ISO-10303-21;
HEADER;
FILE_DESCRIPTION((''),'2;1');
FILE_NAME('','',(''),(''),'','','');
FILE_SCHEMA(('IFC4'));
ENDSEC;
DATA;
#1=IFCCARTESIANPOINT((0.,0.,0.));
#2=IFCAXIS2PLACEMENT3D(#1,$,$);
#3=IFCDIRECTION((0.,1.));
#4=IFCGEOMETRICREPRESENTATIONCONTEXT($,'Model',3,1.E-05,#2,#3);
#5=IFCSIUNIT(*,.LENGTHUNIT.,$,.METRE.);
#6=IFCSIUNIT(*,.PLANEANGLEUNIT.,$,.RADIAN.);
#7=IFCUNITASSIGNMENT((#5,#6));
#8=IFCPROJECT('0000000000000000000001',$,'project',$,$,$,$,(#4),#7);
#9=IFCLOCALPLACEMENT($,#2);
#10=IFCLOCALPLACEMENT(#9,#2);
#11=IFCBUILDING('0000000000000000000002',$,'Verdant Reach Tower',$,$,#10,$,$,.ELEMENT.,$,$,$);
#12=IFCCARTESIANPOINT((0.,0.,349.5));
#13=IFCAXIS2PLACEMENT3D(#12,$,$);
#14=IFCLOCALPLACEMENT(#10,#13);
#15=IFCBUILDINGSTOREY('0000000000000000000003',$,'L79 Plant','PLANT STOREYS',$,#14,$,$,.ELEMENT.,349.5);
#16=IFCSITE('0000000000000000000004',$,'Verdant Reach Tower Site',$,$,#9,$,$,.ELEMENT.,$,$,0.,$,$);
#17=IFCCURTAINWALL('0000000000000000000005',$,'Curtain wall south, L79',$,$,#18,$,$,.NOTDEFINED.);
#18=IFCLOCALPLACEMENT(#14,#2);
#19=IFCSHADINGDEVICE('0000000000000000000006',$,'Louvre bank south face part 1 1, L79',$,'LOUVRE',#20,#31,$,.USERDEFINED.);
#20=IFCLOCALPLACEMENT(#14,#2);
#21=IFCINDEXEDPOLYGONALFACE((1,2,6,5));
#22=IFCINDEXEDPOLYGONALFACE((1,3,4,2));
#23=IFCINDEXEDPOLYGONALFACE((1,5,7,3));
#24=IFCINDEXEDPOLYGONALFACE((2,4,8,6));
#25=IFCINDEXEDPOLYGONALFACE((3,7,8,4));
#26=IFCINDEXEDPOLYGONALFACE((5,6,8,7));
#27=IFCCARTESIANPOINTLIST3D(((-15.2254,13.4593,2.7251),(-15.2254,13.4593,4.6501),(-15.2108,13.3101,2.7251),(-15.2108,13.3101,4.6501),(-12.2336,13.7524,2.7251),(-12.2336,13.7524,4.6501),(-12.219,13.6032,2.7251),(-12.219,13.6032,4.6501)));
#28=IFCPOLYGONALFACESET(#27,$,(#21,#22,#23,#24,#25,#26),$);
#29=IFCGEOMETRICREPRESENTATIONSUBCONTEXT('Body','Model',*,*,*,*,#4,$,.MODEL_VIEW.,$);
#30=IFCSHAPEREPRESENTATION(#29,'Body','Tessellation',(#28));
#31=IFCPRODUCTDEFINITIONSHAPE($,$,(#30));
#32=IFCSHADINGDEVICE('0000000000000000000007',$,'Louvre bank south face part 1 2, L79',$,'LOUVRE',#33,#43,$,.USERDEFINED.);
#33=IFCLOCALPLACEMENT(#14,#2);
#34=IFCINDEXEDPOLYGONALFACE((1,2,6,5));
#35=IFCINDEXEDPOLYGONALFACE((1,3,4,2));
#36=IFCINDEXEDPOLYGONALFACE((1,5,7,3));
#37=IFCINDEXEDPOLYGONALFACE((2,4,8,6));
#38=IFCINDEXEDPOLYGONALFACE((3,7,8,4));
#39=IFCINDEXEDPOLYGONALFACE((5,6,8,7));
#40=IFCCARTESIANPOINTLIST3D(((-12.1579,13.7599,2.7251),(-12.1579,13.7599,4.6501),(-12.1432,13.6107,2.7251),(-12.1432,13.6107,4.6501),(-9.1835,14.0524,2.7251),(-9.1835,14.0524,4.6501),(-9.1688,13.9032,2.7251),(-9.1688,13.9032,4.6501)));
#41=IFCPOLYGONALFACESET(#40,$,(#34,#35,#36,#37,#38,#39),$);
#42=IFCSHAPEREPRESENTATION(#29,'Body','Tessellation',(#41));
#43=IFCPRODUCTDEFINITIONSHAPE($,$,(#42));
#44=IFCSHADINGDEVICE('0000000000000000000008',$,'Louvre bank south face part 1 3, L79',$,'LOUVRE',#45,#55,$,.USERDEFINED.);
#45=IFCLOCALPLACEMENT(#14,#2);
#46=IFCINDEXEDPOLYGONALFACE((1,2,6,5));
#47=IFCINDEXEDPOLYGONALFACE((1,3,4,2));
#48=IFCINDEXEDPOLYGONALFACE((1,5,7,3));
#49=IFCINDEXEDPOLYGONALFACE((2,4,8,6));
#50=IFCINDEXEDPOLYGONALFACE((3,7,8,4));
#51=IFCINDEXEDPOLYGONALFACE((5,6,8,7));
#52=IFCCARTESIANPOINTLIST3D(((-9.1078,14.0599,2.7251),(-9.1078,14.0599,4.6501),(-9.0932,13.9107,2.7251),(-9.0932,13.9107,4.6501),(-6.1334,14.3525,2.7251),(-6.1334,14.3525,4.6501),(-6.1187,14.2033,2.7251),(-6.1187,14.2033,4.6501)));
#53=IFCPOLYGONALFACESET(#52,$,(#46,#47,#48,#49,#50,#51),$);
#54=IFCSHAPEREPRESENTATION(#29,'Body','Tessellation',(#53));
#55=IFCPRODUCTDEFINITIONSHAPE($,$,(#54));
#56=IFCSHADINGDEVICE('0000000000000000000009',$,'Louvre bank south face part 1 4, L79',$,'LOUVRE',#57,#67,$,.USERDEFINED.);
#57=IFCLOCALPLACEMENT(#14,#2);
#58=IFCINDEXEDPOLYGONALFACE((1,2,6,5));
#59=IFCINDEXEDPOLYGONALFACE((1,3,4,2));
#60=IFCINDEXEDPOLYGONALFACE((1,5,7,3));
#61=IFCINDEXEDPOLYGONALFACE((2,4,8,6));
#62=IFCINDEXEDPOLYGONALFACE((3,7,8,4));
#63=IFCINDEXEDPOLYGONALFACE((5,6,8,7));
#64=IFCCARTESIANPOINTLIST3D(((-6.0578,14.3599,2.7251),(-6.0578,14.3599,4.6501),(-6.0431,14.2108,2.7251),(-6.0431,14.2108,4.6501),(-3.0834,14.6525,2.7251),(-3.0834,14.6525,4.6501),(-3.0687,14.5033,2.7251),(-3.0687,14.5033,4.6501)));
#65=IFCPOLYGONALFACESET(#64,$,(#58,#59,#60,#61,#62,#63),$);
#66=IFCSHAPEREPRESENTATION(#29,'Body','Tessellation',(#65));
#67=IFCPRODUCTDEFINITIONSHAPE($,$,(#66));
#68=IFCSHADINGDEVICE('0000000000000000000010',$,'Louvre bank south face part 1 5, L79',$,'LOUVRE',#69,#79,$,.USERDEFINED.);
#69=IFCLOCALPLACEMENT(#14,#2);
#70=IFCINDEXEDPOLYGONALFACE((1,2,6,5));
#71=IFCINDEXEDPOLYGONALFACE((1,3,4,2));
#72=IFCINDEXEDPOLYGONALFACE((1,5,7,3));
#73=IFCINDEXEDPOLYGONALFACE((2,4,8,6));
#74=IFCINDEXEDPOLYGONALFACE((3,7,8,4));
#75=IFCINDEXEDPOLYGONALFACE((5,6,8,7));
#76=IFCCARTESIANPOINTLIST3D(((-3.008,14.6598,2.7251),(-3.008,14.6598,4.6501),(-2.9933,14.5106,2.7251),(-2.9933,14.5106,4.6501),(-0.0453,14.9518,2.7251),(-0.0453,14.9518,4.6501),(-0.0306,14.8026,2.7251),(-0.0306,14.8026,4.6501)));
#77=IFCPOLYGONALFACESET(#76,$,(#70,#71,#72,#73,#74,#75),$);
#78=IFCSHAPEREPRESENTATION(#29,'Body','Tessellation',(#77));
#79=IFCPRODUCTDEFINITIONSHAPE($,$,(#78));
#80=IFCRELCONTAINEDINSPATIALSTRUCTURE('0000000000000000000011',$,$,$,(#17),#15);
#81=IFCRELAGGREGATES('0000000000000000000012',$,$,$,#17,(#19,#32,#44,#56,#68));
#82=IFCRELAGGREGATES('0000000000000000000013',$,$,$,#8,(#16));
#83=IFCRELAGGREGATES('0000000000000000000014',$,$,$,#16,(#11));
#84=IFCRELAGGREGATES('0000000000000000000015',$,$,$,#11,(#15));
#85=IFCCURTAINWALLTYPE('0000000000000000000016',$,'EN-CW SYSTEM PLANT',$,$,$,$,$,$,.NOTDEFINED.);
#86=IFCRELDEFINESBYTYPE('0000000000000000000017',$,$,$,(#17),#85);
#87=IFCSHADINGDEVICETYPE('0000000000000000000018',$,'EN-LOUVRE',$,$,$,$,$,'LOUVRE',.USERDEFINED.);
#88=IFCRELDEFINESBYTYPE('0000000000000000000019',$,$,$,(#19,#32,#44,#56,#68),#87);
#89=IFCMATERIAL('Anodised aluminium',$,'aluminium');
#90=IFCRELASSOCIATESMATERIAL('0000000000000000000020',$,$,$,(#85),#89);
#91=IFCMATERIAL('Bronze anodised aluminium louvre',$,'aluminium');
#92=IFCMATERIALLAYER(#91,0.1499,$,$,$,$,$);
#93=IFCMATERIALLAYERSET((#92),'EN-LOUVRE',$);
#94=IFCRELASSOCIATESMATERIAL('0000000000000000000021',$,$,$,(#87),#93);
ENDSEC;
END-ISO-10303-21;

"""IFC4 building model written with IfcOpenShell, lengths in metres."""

from ifc_helpers import new_model, si_unit, direction, frame, origin, origin_2d, place, context, subcontext, project, spatial, rectangle, extrude, material, layer, layer_set, type_object, element, aggregate, save


model = new_model("IFC4")

# Units and contexts
model_context = context("Model", 3, precision=1e-05, world=origin(), true_north=direction((0.0, 1.0)))
body_context = subcontext(model_context, "Body", "Model", "MODEL_VIEW")
ifc_project = project(units=[si_unit("LENGTHUNIT", "METRE"), si_unit("PLANEANGLEUNIT", "RADIAN")], contexts=[model_context])

# Site, building, storey
site_placement = place(None, origin())
site = spatial("IfcSite", under=ifc_project, at=site_placement, Name="Verdant Reach Tower Site", CompositionType="ELEMENT", RefElevation=0.0)
building_placement = place(site_placement, origin())
building = spatial("IfcBuilding", under=site, at=building_placement, Name="Verdant Reach Tower", CompositionType="ELEMENT")
storey_placement = place(building_placement, frame((0.0, 0.0, 349.5)))
storey = spatial("IfcBuildingStorey", under=building, at=storey_placement, Name="L79 Plant", Description="PLANT STOREYS", CompositionType="ELEMENT", Elevation=349.5)

# Curtain wall
ifc_material_1 = material(Name="Anodised aluminium", Category="aluminium")
curtain_wall_type = type_object("IfcCurtainWallType", Name="EN-CW SYSTEM PLANT", PredefinedType="NOTDEFINED", material=ifc_material_1)
curtain_wall_placement = place(storey_placement, origin())
curtain_wall = element("IfcCurtainWall", 1, at=curtain_wall_placement, inside=storey, type_object=curtain_wall_type, Name="Curtain wall south, L79", PredefinedType="NOTDEFINED")

# Shading devices
ifc_material_2 = material(Name="Bronze anodised aluminium louvre", Category="aluminium")
ifc_layer_1 = layer(ifc_material_2, 0.1499)
ifc_layer_set_1 = layer_set([ifc_layer_1], Name="EN-LOUVRE")
shading_device_type = type_object("IfcShadingDeviceType", Name="EN-LOUVRE", ElementType="LOUVRE", PredefinedType="USERDEFINED", material=ifc_layer_set_1)
shading_device_1_placement = place(storey_placement, frame((-13.7222, 13.5312, 2.7251), z_axis=(0.0, 0.0, 1.0), x_axis=(0.995238, 0.097473, 0.0)))
shading_device_1 = element("IfcShadingDevice", 2, at=shading_device_1_placement, type_object=shading_device_type, Name="Louvre bank south face part 1 1, L79", ObjectType="LOUVRE", PredefinedType="USERDEFINED", context=body_context, shape_type="SweptSolid", body=[
    extrude(rectangle(XDim=3.0061, YDim=0.1499, at=origin_2d()), origin(), (0.0, 0.0, 1.0), 1.925),
])
shading_device_2_placement = place(storey_placement, frame((-10.6633, 13.8315, 2.7251), z_axis=(0.0, 0.0, 1.0), x_axis=(0.995197, 0.097888, 0.0)))
shading_device_2 = element("IfcShadingDevice", 3, at=shading_device_2_placement, type_object=shading_device_type, Name="Louvre bank south face part 1 2, L79", ObjectType="LOUVRE", PredefinedType="USERDEFINED", context=body_context, shape_type="SweptSolid", body=[
    extrude(rectangle(XDim=2.9888, YDim=0.1499, at=origin_2d()), origin(), (0.0, 0.0, 1.0), 1.925),
])
shading_device_3_placement = place(storey_placement, frame((-7.6133, 14.1316, 2.7251), z_axis=(0.0, 0.0, 1.0), x_axis=(0.995197, 0.097888, 0.0)))
shading_device_3 = element("IfcShadingDevice", 4, at=shading_device_3_placement, type_object=shading_device_type, Name="Louvre bank south face part 1 3, L79", ObjectType="LOUVRE", PredefinedType="USERDEFINED", context=body_context, shape_type="SweptSolid", body=[
    extrude(rectangle(XDim=2.9888, YDim=0.1499, at=origin_2d()), origin(), (0.0, 0.0, 1.0), 1.925),
])
shading_device_4_placement = place(storey_placement, frame((-4.5632, 14.4316, 2.7251), z_axis=(0.0, 0.0, 1.0), x_axis=(0.995197, 0.097888, 0.0)))
shading_device_4 = element("IfcShadingDevice", 5, at=shading_device_4_placement, type_object=shading_device_type, Name="Louvre bank south face part 1 4, L79", ObjectType="LOUVRE", PredefinedType="USERDEFINED", context=body_context, shape_type="SweptSolid", body=[
    extrude(rectangle(XDim=2.9888, YDim=0.1499, at=origin_2d()), origin(), (0.0, 0.0, 1.0), 1.925),
])
shading_device_5_placement = place(storey_placement, frame((-1.5193, 14.7312, 2.7251), z_axis=(0.0, 0.0, 1.0), x_axis=(0.995179, 0.098075, 0.0)))
shading_device_5 = element("IfcShadingDevice", 6, at=shading_device_5_placement, type_object=shading_device_type, Name="Louvre bank south face part 1 5, L79", ObjectType="LOUVRE", PredefinedType="USERDEFINED", context=body_context, shape_type="SweptSolid", body=[
    extrude(rectangle(XDim=2.9771, YDim=0.1499, at=origin_2d()), origin(), (0.0, 0.0, 1.0), 1.925),
])
aggregate(curtain_wall, [shading_device_1, shading_device_2, shading_device_3, shading_device_4, shading_device_5])

save(model, "model.ifc")
